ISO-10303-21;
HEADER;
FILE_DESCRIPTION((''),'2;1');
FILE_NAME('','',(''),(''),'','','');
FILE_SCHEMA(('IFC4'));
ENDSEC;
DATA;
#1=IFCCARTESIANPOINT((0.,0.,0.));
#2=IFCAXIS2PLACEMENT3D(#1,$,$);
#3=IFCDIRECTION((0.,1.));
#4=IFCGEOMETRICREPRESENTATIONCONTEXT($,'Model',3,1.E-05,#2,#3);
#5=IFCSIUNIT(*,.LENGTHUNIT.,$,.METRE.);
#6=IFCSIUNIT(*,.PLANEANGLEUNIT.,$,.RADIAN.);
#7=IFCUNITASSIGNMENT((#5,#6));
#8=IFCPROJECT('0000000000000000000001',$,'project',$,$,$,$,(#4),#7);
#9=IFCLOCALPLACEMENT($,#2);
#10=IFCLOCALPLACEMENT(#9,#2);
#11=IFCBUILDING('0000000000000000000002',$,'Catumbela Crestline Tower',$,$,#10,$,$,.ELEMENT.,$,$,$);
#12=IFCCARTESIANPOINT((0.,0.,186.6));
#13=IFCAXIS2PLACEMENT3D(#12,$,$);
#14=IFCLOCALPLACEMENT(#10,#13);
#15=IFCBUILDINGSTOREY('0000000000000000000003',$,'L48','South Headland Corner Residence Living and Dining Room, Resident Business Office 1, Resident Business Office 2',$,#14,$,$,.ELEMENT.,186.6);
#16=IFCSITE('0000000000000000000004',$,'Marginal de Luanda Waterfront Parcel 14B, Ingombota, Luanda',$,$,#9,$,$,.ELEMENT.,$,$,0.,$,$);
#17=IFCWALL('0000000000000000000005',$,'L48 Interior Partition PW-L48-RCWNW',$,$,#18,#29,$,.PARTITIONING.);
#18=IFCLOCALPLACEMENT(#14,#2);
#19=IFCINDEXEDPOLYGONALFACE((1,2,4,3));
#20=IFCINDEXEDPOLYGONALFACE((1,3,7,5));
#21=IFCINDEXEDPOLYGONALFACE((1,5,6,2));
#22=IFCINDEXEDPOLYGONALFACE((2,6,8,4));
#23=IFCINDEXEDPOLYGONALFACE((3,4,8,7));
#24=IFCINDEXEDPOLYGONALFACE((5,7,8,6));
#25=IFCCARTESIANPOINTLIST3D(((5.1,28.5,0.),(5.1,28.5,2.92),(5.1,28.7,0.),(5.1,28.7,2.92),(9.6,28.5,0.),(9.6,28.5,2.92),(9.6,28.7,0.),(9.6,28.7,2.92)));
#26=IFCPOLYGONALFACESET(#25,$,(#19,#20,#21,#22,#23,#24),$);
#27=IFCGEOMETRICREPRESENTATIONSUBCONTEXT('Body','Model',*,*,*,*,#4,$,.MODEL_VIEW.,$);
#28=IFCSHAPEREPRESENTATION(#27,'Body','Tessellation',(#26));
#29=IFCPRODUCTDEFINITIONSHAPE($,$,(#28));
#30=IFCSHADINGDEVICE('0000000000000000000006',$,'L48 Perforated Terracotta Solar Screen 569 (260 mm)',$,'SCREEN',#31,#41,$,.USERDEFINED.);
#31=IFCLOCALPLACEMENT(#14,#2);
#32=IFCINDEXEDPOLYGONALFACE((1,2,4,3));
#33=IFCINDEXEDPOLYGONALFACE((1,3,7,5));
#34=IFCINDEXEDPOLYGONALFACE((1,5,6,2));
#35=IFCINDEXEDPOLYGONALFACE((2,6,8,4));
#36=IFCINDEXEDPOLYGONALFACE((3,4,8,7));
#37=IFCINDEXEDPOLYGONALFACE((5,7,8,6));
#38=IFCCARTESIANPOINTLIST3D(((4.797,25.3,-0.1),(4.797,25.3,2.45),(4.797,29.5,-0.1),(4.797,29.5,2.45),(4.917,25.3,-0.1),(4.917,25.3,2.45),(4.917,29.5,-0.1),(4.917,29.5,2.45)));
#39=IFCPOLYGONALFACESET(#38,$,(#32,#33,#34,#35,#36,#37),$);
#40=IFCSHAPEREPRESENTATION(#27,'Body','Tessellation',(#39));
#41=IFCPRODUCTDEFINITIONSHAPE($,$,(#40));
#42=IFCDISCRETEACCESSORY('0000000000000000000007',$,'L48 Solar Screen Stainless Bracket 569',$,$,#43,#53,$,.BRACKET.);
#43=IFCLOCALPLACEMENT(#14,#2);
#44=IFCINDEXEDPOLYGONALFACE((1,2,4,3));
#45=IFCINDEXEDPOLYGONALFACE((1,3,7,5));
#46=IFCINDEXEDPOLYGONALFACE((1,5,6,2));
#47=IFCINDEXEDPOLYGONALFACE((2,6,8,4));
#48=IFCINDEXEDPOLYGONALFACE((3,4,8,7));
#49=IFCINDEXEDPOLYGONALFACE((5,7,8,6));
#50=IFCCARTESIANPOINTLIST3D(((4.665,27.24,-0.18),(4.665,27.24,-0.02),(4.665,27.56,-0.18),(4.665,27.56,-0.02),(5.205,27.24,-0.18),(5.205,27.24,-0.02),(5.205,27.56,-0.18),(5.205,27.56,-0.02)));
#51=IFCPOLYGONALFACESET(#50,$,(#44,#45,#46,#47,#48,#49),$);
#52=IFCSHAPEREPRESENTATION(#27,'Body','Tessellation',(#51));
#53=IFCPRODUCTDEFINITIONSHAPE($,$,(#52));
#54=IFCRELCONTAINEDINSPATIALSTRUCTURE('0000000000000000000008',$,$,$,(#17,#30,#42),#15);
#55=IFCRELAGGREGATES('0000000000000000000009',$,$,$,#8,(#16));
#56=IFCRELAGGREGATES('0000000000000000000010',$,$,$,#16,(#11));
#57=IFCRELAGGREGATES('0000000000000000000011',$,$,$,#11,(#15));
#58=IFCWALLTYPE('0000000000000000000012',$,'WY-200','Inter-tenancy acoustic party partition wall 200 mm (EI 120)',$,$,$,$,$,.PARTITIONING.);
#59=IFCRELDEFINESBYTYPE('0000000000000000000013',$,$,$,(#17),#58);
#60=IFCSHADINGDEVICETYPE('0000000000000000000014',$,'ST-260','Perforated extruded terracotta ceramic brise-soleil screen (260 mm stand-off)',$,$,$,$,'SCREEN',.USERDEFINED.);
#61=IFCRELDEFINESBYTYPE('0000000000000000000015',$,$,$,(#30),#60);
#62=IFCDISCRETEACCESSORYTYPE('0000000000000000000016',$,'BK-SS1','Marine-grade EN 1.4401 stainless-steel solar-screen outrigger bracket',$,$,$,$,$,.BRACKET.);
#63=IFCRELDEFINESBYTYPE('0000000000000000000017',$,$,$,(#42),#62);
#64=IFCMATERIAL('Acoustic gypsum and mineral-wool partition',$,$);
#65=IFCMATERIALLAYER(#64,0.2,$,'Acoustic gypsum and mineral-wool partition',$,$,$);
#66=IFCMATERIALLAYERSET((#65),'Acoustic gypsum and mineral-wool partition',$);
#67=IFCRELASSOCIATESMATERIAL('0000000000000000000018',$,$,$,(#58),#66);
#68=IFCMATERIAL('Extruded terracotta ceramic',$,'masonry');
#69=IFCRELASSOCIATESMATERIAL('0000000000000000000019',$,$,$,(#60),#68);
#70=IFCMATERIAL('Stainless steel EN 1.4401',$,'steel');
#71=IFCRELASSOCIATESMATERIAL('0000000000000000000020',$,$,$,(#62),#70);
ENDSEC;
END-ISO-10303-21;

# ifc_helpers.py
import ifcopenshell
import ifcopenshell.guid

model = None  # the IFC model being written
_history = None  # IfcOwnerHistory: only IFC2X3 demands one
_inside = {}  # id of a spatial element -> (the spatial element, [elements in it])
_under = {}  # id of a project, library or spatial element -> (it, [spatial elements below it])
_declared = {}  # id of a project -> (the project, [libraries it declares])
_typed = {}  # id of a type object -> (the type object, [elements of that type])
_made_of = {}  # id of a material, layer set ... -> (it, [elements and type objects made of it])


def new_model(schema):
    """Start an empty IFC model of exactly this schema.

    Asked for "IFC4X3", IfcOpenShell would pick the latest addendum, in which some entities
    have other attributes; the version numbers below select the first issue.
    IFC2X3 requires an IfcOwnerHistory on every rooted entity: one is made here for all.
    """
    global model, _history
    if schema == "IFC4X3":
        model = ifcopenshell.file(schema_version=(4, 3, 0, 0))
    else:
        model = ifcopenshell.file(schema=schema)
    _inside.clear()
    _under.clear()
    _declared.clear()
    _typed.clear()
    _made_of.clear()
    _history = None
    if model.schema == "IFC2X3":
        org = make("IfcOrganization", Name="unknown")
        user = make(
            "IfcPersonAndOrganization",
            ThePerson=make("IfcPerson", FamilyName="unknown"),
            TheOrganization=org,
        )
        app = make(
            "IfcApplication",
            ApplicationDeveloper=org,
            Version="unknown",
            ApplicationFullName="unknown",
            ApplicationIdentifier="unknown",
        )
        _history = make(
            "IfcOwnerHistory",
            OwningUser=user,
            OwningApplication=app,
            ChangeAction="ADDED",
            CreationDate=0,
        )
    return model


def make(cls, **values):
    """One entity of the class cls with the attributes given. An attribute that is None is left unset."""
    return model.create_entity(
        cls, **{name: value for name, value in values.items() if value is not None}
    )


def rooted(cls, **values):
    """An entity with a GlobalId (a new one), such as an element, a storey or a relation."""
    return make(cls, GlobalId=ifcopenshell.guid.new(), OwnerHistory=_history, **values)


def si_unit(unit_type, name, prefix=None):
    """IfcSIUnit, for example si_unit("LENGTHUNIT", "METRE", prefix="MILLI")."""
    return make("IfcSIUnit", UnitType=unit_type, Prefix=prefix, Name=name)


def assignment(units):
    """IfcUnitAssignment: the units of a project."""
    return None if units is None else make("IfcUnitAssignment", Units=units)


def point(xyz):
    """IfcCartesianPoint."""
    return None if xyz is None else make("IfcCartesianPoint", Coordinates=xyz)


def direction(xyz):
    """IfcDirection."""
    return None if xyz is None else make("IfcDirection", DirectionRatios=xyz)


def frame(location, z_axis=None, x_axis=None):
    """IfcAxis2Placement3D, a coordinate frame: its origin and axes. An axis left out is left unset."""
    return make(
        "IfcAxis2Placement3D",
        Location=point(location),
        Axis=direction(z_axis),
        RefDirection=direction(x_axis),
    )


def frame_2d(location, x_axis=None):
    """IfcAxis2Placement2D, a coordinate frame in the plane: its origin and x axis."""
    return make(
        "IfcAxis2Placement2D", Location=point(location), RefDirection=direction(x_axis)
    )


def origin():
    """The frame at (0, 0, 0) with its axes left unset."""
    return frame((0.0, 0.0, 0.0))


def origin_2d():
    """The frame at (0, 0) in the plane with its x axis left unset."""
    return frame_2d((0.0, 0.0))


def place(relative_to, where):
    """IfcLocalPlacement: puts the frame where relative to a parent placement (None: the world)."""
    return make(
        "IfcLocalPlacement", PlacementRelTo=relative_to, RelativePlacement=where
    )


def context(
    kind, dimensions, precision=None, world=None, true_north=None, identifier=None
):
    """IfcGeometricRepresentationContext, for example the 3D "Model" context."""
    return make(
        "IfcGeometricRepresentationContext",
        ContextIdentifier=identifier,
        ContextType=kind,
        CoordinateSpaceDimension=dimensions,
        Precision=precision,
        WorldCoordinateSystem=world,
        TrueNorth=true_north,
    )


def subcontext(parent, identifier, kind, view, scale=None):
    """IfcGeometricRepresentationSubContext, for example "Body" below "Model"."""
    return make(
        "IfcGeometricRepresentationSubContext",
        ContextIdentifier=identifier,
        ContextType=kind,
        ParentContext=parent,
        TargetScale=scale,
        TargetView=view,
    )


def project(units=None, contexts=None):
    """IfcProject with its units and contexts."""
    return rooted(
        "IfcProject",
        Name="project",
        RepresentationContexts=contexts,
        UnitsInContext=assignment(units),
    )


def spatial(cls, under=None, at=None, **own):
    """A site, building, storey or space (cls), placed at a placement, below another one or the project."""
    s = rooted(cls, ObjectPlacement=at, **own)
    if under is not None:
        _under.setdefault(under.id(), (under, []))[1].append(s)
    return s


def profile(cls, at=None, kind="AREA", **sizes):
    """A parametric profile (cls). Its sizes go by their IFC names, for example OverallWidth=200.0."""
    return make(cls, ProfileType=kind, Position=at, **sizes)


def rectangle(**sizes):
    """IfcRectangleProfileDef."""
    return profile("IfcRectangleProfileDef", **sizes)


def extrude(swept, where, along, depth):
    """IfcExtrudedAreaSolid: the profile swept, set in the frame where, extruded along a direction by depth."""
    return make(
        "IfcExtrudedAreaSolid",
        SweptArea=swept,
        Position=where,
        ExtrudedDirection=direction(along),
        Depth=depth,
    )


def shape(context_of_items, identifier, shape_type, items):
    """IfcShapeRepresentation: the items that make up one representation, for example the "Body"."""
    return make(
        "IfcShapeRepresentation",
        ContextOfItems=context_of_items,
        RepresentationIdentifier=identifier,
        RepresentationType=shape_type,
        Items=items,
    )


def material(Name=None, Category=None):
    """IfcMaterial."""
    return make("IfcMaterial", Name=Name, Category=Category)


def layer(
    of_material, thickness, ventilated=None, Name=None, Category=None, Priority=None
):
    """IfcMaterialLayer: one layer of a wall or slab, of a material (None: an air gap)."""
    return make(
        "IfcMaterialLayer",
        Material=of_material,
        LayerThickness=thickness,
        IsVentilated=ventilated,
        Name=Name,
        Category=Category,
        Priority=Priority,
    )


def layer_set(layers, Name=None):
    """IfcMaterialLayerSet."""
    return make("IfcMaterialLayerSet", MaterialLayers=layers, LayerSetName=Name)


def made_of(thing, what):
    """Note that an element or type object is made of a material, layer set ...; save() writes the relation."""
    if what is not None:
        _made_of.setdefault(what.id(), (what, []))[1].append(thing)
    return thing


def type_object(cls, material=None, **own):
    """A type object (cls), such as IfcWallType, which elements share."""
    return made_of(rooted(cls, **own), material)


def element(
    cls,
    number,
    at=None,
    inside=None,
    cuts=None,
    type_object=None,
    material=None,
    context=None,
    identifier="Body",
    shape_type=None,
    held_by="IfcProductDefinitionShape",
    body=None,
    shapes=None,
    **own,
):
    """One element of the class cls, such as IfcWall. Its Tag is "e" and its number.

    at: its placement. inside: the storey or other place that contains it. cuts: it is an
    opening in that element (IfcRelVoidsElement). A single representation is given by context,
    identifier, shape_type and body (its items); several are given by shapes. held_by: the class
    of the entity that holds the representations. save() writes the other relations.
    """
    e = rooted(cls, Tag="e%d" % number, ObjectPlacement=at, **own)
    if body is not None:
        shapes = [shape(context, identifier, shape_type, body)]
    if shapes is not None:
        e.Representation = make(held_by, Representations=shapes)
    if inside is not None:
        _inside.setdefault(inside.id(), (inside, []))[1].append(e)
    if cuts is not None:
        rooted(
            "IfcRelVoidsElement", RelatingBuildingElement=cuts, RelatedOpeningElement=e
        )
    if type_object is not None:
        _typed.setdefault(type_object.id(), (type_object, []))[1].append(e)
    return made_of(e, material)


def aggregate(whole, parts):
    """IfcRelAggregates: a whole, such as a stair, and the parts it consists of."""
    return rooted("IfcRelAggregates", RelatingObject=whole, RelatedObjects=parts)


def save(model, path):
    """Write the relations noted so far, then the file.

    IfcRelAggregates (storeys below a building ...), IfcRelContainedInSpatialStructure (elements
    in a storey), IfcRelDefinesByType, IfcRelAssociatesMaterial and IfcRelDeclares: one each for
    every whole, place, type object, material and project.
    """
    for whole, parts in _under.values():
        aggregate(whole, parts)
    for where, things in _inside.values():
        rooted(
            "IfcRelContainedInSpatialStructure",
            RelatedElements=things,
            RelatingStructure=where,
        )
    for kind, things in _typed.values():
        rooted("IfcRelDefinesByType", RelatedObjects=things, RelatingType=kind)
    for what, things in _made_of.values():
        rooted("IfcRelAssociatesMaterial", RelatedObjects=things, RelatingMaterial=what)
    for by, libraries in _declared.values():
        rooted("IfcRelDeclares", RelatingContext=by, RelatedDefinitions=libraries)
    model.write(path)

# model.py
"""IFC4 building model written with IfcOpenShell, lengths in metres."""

from ifc_helpers import new_model, si_unit, direction, frame, frame_2d, origin, origin_2d, place, context, subcontext, project, spatial, rectangle, extrude, material, layer, layer_set, type_object, element, save


model = new_model("IFC4")

# Units and contexts
model_context = context("Model", 3, precision=1e-05, world=origin(), true_north=direction((0.0, 1.0)))
body_context = subcontext(model_context, "Body", "Model", "MODEL_VIEW")
ifc_project = project(units=[si_unit("LENGTHUNIT", "METRE"), si_unit("PLANEANGLEUNIT", "RADIAN")], contexts=[model_context])

# Site, building, storey
site_placement = place(None, origin())
site = spatial("IfcSite", under=ifc_project, at=site_placement, Name="Marginal de Luanda Waterfront Parcel 14B, Ingombota, Luanda", CompositionType="ELEMENT", RefElevation=0.0)
building_placement = place(site_placement, origin())
building = spatial("IfcBuilding", under=site, at=building_placement, Name="Catumbela Crestline Tower", CompositionType="ELEMENT")
storey_placement = place(building_placement, frame((0.0, 0.0, 186.6)))
storey = spatial("IfcBuildingStorey", under=building, at=storey_placement, Name="L48", Description="South Headland Corner Residence Living and Dining Room, Resident Business Office 1, Resident Business Office 2", CompositionType="ELEMENT", Elevation=186.6)

# Wall
ifc_material_1 = material(Name="Acoustic gypsum and mineral-wool partition")
ifc_layer_1 = layer(ifc_material_1, 0.2, Name="Acoustic gypsum and mineral-wool partition")
ifc_layer_set_1 = layer_set([ifc_layer_1], Name="Acoustic gypsum and mineral-wool partition")
wall_type = type_object("IfcWallType", Name="WY-200", Description="Inter-tenancy acoustic party partition wall 200 mm (EI 120)", PredefinedType="PARTITIONING", material=ifc_layer_set_1)
wall_placement = place(storey_placement, frame((5.1, 28.6, 0.0), z_axis=(0.0, 0.0, 1.0), x_axis=(1.0, 0.0, 0.0)))
element("IfcWall", 1, at=wall_placement, inside=storey, type_object=wall_type, Name="L48 Interior Partition PW-L48-RCWNW", PredefinedType="PARTITIONING", context=body_context, shape_type="SweptSolid", body=[
    extrude(rectangle(XDim=4.5, YDim=0.2, at=frame_2d((2.25, 0.0))), origin(), (0.0, 0.0, 1.0), 2.92),
])

# Shading device
ifc_material_2 = material(Name="Extruded terracotta ceramic", Category="masonry")
shading_device_type = type_object("IfcShadingDeviceType", Name="ST-260", Description="Perforated extruded terracotta ceramic brise-soleil screen (260 mm stand-off)", ElementType="SCREEN", PredefinedType="USERDEFINED", material=ifc_material_2)
shading_device_placement = place(storey_placement, frame((4.857, 27.4, -0.1), z_axis=(0.0, 0.0, 1.0), x_axis=(0.0, -1.0, 0.0)))
element("IfcShadingDevice", 2, at=shading_device_placement, inside=storey, type_object=shading_device_type, Name="L48 Perforated Terracotta Solar Screen 569 (260 mm)", ObjectType="SCREEN", PredefinedType="USERDEFINED", context=body_context, shape_type="SweptSolid", body=[
    extrude(rectangle(XDim=4.2, YDim=0.12, at=origin_2d()), origin(), (0.0, 0.0, 1.0), 2.55),
])

# Discrete accessory
ifc_material_3 = material(Name="Stainless steel EN 1.4401", Category="steel")
discrete_accessory_type = type_object("IfcDiscreteAccessoryType", Name="BK-SS1", Description="Marine-grade EN 1.4401 stainless-steel solar-screen outrigger bracket", PredefinedType="BRACKET", material=ifc_material_3)
discrete_accessory_placement = place(storey_placement, frame((4.935, 27.4, -0.18), z_axis=(0.0, 0.0, 1.0), x_axis=(0.0, -1.0, 0.0)))
element("IfcDiscreteAccessory", 3, at=discrete_accessory_placement, inside=storey, type_object=discrete_accessory_type, Name="L48 Solar Screen Stainless Bracket 569", PredefinedType="BRACKET", context=body_context, shape_type="SweptSolid", body=[
    extrude(rectangle(XDim=0.32, YDim=0.54, at=origin_2d()), origin(), (0.0, 0.0, 1.0), 0.16),
])

save(model, "model.ifc")
